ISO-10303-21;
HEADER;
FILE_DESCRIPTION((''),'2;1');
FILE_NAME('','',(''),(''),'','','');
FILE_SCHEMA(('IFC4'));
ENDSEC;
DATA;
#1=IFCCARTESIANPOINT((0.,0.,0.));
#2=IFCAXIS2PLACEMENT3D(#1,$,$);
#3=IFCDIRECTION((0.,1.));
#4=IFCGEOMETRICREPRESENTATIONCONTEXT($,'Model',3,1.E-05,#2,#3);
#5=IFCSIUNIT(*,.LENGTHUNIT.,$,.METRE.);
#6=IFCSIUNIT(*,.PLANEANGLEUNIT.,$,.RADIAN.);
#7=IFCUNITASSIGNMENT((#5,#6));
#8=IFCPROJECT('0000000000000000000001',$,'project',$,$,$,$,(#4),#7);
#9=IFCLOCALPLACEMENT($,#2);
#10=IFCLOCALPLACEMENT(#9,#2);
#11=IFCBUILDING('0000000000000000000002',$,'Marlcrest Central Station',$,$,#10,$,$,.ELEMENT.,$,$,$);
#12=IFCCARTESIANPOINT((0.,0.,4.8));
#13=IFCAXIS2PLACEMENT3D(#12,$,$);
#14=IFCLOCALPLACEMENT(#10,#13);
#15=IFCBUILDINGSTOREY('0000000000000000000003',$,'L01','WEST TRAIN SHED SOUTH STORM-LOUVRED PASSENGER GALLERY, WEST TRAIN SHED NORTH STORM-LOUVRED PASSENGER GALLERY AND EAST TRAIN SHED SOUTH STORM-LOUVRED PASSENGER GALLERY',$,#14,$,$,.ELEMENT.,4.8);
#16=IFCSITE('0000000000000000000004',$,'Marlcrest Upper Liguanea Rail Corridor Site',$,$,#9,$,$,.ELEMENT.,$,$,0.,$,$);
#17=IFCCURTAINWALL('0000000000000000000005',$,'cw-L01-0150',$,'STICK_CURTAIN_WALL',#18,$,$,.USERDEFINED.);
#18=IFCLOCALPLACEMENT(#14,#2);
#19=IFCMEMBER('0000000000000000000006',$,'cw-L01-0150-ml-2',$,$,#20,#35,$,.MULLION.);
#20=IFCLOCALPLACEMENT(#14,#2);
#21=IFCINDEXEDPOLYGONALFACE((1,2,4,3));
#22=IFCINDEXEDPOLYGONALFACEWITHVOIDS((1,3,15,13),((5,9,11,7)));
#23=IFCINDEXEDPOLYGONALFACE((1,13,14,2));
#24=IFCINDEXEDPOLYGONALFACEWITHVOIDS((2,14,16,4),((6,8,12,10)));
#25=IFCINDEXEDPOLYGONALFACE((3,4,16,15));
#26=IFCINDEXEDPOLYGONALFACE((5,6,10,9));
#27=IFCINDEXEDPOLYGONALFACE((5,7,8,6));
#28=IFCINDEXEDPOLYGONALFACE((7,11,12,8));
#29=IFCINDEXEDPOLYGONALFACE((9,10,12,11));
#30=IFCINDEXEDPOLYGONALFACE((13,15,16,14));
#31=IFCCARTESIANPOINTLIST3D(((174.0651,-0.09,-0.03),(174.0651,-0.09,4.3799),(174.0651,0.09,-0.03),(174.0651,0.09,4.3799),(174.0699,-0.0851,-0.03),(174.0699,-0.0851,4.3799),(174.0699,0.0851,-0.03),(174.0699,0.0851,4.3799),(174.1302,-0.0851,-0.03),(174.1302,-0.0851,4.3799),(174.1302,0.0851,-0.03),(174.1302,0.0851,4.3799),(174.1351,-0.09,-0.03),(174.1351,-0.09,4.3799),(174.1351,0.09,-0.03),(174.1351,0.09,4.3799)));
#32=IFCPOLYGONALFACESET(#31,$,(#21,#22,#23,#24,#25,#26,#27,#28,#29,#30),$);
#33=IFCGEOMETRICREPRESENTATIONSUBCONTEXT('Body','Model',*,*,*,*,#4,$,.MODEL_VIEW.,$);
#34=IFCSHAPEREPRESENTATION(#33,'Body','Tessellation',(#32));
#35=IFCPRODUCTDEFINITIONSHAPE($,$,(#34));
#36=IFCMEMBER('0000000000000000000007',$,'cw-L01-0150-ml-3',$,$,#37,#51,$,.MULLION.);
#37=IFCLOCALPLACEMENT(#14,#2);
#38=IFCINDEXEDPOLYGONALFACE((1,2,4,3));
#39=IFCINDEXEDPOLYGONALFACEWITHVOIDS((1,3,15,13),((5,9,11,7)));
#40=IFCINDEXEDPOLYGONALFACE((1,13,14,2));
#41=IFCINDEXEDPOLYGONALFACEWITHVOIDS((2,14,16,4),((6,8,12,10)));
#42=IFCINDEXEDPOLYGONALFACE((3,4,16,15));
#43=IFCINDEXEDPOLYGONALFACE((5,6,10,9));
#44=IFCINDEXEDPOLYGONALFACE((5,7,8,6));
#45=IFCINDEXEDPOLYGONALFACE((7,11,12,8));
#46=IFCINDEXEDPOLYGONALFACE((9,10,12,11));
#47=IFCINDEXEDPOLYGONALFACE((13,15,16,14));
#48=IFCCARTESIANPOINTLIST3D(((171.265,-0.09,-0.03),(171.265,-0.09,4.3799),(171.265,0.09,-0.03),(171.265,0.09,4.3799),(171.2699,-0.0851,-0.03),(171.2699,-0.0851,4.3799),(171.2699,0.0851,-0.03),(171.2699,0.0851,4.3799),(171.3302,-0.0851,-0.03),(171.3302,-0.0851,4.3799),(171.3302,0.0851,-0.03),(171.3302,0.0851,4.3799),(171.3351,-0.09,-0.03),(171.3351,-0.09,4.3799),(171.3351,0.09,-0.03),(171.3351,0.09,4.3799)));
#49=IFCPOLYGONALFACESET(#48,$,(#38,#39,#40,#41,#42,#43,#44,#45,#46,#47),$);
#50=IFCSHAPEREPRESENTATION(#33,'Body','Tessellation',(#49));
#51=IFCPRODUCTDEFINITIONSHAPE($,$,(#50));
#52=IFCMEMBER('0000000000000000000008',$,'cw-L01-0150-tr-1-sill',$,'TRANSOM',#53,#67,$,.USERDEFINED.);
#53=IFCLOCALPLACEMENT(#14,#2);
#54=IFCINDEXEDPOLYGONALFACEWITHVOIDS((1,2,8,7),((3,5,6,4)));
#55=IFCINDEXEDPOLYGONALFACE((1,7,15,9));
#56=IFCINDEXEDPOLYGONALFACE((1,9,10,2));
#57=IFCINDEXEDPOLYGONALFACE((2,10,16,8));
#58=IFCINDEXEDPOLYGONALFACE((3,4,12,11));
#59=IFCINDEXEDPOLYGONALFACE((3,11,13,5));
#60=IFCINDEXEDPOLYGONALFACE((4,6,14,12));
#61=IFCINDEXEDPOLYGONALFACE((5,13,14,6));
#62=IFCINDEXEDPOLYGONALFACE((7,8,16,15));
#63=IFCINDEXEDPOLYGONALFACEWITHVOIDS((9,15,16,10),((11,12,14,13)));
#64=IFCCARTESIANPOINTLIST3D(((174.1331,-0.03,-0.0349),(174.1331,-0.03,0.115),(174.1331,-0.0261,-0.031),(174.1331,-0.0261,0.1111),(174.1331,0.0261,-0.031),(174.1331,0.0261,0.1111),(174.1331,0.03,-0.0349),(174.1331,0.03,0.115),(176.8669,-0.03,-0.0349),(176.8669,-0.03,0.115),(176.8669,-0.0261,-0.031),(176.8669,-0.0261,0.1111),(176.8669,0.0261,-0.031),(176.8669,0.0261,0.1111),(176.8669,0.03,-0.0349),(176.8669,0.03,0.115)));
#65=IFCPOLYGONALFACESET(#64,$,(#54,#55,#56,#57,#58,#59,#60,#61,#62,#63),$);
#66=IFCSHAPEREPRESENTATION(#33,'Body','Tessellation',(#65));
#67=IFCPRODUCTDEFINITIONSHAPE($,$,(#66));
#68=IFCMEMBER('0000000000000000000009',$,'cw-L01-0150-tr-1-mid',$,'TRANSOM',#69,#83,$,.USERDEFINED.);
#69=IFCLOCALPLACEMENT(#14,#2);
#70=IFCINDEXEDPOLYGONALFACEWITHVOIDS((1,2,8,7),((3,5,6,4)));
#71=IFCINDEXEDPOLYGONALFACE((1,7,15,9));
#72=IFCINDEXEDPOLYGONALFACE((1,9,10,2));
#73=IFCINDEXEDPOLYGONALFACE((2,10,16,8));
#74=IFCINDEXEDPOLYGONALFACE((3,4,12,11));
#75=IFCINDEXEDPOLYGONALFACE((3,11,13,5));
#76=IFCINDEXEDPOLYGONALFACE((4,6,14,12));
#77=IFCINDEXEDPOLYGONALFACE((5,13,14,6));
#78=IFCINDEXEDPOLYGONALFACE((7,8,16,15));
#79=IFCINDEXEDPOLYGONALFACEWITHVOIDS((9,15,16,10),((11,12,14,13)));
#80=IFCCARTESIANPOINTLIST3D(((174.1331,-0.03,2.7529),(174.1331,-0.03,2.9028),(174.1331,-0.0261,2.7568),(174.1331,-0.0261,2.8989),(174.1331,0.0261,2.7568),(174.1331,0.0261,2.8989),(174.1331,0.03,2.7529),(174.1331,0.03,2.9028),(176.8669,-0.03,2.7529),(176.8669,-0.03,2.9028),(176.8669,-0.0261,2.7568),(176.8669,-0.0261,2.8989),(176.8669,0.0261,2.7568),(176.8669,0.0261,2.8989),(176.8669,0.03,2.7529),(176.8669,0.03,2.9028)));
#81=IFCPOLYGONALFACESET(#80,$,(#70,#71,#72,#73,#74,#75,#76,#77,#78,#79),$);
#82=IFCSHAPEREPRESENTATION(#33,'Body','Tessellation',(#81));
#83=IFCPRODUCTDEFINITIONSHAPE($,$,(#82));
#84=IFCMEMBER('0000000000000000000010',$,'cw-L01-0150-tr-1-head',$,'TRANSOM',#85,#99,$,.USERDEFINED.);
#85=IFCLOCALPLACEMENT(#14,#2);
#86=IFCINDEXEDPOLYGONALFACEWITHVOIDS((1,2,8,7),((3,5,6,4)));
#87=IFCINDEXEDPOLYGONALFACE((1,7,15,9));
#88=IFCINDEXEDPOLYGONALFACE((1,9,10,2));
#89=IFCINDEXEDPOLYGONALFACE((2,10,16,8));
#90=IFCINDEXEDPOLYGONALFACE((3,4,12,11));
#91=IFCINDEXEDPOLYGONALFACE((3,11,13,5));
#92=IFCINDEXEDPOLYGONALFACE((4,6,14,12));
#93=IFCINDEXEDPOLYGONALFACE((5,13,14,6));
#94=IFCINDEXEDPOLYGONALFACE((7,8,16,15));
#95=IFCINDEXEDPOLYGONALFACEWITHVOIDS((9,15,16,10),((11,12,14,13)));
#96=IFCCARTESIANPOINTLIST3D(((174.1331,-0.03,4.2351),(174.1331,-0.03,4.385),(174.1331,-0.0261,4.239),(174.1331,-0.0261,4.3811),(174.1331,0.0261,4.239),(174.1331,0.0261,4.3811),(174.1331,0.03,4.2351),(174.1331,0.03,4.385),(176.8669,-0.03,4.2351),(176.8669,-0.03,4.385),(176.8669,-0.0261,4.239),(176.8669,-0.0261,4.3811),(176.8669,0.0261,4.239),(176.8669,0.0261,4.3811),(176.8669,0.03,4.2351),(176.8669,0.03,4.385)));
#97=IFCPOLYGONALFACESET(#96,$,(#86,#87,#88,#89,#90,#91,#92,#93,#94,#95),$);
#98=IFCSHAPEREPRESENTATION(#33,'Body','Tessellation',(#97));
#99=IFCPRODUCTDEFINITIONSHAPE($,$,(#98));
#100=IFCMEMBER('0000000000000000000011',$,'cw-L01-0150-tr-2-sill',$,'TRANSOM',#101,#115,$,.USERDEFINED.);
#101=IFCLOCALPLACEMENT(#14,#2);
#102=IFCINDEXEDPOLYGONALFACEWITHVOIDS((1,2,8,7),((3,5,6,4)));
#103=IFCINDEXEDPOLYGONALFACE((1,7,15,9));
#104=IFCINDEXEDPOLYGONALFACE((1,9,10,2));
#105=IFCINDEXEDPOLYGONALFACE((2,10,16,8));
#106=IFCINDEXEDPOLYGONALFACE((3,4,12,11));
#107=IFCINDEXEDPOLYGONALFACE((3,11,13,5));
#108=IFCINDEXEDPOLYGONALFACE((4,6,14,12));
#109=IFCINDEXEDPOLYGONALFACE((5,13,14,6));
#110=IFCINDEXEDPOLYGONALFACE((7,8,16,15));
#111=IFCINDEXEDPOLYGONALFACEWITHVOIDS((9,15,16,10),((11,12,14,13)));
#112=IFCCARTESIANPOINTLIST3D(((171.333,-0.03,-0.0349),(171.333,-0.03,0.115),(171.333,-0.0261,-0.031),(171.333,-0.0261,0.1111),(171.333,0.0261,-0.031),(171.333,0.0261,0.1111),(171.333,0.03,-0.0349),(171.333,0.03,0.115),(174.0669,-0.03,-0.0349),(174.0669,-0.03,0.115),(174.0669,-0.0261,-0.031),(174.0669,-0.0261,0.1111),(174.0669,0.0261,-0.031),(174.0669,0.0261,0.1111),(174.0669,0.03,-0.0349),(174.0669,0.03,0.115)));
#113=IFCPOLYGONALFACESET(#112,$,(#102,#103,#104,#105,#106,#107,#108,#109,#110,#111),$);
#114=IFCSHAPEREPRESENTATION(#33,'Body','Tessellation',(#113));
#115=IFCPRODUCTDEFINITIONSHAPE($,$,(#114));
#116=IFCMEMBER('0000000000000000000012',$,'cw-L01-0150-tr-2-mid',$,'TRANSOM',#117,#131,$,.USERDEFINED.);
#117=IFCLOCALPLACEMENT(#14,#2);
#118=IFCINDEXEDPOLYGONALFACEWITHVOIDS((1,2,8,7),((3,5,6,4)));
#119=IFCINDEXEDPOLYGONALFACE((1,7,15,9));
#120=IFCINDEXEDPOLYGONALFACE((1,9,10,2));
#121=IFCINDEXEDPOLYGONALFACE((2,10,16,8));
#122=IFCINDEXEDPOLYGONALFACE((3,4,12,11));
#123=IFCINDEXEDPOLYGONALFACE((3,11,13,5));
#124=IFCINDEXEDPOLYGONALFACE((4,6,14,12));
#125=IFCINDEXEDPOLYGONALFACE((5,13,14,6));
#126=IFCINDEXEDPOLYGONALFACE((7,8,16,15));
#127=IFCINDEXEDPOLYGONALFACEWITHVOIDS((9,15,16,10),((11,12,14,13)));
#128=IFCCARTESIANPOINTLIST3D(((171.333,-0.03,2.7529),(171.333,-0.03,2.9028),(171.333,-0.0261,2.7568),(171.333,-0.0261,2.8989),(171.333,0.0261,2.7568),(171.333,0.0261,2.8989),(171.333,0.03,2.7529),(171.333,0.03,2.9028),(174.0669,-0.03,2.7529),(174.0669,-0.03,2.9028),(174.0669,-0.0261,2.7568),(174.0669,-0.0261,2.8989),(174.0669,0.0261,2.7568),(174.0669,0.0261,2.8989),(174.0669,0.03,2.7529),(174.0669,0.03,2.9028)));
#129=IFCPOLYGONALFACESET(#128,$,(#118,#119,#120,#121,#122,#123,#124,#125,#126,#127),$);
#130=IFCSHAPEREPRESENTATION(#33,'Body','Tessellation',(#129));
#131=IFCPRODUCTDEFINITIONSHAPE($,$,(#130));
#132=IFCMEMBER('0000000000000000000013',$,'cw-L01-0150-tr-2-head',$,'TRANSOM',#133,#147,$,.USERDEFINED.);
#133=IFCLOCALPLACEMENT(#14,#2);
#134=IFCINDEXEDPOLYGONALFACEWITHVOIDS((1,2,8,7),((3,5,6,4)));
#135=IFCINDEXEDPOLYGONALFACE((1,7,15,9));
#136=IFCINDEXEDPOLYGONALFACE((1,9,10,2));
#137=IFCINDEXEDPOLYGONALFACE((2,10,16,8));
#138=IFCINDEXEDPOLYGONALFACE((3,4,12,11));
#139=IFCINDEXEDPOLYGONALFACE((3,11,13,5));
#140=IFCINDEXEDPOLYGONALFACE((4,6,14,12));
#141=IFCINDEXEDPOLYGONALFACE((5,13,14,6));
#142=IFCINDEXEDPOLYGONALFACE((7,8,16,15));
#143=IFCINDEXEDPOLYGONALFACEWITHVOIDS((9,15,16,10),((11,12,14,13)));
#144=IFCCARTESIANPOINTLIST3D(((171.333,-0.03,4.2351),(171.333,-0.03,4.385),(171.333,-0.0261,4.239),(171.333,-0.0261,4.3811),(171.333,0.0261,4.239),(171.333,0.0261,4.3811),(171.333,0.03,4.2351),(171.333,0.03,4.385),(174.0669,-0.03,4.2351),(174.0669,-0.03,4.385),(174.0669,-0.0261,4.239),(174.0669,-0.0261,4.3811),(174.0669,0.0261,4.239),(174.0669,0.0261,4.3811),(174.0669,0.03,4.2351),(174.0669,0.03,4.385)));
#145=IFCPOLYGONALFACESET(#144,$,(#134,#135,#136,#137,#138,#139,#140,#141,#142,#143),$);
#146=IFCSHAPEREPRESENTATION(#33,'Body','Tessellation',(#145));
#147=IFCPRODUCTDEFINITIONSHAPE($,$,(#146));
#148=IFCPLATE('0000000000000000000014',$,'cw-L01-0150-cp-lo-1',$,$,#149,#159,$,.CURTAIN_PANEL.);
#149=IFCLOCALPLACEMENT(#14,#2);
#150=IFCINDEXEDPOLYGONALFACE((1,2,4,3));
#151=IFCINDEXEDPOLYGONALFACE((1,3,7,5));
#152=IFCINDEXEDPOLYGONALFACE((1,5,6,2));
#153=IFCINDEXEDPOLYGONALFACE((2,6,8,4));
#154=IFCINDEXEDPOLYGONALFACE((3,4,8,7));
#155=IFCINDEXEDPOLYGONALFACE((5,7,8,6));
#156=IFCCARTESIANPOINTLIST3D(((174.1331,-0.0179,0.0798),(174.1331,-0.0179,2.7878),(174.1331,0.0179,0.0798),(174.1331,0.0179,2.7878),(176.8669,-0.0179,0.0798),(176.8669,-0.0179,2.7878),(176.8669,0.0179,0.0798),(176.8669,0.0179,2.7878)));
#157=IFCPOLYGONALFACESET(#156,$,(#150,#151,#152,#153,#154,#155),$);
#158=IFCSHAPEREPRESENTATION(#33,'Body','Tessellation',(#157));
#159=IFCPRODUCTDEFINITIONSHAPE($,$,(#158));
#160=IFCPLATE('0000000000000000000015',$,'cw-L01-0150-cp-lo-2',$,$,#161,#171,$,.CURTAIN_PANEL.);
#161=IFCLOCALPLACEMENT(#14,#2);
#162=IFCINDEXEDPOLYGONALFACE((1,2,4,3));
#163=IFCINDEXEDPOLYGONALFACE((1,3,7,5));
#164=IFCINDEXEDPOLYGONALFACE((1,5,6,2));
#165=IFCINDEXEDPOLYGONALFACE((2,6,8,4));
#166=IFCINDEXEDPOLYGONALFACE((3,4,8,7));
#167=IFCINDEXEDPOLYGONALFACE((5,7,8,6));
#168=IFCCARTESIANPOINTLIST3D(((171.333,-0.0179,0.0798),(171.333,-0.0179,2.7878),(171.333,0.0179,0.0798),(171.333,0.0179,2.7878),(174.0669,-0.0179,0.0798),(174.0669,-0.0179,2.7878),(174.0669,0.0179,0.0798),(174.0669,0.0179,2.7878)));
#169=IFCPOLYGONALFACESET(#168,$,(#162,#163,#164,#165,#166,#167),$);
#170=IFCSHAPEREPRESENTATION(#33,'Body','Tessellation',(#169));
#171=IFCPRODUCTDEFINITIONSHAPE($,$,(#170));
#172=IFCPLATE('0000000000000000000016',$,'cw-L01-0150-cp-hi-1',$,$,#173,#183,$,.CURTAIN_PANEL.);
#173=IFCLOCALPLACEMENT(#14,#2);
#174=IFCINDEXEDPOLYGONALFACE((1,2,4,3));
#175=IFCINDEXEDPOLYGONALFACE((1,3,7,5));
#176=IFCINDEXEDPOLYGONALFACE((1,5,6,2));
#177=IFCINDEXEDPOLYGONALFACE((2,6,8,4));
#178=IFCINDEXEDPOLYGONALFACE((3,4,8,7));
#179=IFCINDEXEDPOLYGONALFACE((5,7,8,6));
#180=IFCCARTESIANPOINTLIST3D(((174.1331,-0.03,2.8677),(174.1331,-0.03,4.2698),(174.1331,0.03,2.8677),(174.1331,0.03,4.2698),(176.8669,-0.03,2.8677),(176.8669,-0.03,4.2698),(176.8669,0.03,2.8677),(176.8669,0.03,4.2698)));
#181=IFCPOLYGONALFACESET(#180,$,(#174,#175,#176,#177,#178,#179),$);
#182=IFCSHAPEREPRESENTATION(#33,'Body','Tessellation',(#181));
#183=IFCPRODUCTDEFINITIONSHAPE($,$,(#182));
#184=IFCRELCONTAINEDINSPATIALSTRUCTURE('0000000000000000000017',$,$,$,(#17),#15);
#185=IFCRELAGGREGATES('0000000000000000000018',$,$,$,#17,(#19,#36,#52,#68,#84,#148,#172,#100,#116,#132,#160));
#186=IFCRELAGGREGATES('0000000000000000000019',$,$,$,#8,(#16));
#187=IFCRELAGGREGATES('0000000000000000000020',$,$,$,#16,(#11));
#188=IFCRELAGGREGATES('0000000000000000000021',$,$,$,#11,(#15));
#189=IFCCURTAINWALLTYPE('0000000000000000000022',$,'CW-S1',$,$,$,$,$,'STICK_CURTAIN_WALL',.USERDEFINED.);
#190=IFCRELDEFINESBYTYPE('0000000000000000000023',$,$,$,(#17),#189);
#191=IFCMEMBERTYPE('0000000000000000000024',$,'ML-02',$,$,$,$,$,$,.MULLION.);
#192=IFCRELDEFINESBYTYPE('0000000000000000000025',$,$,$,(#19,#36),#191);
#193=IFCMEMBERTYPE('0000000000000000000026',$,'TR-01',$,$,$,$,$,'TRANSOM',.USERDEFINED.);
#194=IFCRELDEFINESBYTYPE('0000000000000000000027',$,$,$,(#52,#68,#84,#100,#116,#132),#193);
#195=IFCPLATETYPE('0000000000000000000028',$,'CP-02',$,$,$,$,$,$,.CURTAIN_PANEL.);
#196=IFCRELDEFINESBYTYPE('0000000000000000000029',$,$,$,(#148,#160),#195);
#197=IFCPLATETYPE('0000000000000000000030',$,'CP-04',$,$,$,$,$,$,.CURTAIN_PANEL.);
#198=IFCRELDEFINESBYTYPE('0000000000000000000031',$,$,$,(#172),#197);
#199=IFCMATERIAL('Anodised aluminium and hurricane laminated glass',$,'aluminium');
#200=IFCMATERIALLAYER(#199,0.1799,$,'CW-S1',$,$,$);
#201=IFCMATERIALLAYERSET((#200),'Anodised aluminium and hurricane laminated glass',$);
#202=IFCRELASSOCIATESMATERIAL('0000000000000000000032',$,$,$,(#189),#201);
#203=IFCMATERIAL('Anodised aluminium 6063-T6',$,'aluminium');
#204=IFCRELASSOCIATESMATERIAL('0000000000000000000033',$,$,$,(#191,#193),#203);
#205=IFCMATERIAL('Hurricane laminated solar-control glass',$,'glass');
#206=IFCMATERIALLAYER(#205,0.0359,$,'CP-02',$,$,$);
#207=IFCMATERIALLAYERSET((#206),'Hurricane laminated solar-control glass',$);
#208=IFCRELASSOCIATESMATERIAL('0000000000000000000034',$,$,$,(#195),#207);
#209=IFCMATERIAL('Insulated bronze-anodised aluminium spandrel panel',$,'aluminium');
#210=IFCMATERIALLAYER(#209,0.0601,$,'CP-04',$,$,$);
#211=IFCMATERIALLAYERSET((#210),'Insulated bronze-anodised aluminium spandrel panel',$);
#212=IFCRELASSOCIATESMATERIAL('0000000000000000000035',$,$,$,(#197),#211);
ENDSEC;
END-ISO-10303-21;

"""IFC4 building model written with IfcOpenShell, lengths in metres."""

from ifc_helpers import new_model, si_unit, direction, frame, origin, origin_2d, place, context, subcontext, project, spatial, rectangle, hollow_rectangle, extrude, material, layer, layer_set, material_profile, profile_set, type_object, element, aggregate, save


model = new_model("IFC4")

# Units and contexts
model_context = context("Model", 3, precision=1e-05, world=origin(), true_north=direction((0.0, 1.0)))
body_context = subcontext(model_context, "Body", "Model", "MODEL_VIEW")
ifc_project = project(units=[si_unit("LENGTHUNIT", "METRE"), si_unit("PLANEANGLEUNIT", "RADIAN")], contexts=[model_context])

# Site, building, storey
site_placement = place(None, origin())
site = spatial("IfcSite", under=ifc_project, at=site_placement, Name="Marlcrest Upper Liguanea Rail Corridor Site", CompositionType="ELEMENT", RefElevation=0.0)
building_placement = place(site_placement, origin())
building = spatial("IfcBuilding", under=site, at=building_placement, Name="Marlcrest Central Station", CompositionType="ELEMENT")
storey_placement = place(building_placement, frame((0.0, 0.0, 4.8)))
storey = spatial("IfcBuildingStorey", under=building, at=storey_placement, Name="L01", Description="WEST TRAIN SHED SOUTH STORM-LOUVRED PASSENGER GALLERY, WEST TRAIN SHED NORTH STORM-LOUVRED PASSENGER GALLERY AND EAST TRAIN SHED SOUTH STORM-LOUVRED PASSENGER GALLERY", CompositionType="ELEMENT", Elevation=4.8)

# Curtain wall, members, plates
ifc_material_1 = material(Name="Anodised aluminium and hurricane laminated glass", Category="aluminium")
ifc_layer_1 = layer(ifc_material_1, 0.1799, Name="CW-S1")
ifc_layer_set_1 = layer_set([ifc_layer_1], Name="Anodised aluminium and hurricane laminated glass")
curtain_wall_type = type_object("IfcCurtainWallType", Name="CW-S1", ElementType="STICK_CURTAIN_WALL", PredefinedType="USERDEFINED", material=ifc_layer_set_1)
curtain_wall_placement = place(storey_placement, origin())
curtain_wall = element("IfcCurtainWall", 1, at=curtain_wall_placement, inside=storey, type_object=curtain_wall_type, Name="cw-L01-0150", ObjectType="STICK_CURTAIN_WALL", PredefinedType="USERDEFINED")
ifc_material_2 = material(Name="Anodised aluminium 6063-T6", Category="aluminium")
ifc_material_profile_1 = material_profile(ifc_material_2, hollow_rectangle(XDim=0.0701, YDim=0.1799, WallThickness=0.0049, at=origin_2d()), Name="AA-RHS 180x70x5")
ifc_profile_set_1 = profile_set([ifc_material_profile_1], Name="Anodised aluminium 6063-T6")
member_type_1 = type_object("IfcMemberType", Name="ML-02", PredefinedType="MULLION", material=ifc_profile_set_1)
member_1_placement = place(storey_placement, frame((174.1001, 0.0, -0.03), z_axis=(0.0, 0.0, 1.0), x_axis=(1.0, 0.0, 0.0)))
member_1 = element("IfcMember", 2, at=member_1_placement, type_object=member_type_1, Name="cw-L01-0150-ml-2", PredefinedType="MULLION", context=body_context, shape_type="SweptSolid", body=[
    extrude(hollow_rectangle(XDim=0.0701, YDim=0.1799, WallThickness=0.0049, at=origin_2d()), origin(), (0.0, 0.0, 1.0), 4.4099),
])
member_2_placement = place(storey_placement, frame((171.3, 0.0, -0.03), z_axis=(0.0, 0.0, 1.0), x_axis=(1.0, 0.0, 0.0)))
member_2 = element("IfcMember", 3, at=member_2_placement, type_object=member_type_1, Name="cw-L01-0150-ml-3", PredefinedType="MULLION", context=body_context, shape_type="SweptSolid", body=[
    extrude(hollow_rectangle(XDim=0.0701, YDim=0.1799, WallThickness=0.0049, at=origin_2d()), origin(), (0.0, 0.0, 1.0), 4.4099),
])
ifc_material_profile_2 = material_profile(ifc_material_2, hollow_rectangle(XDim=0.0601, YDim=0.1499, WallThickness=0.0039, at=origin_2d()), Name="AA-RHS 150x60x4")
ifc_profile_set_2 = profile_set([ifc_material_profile_2], Name="Anodised aluminium 6063-T6")
member_type_2 = type_object("IfcMemberType", Name="TR-01", ElementType="TRANSOM", PredefinedType="USERDEFINED", material=ifc_profile_set_2)
member_3_placement = place(storey_placement, frame((176.8669, 0.0, 0.04), z_axis=(-1.0, 0.0, 0.0), x_axis=(0.0, -1.0, 0.0)))
member_3 = element("IfcMember", 4, at=member_3_placement, type_object=member_type_2, Name="cw-L01-0150-tr-1-sill", ObjectType="TRANSOM", PredefinedType="USERDEFINED", context=body_context, shape_type="SweptSolid", body=[
    extrude(hollow_rectangle(XDim=0.0601, YDim=0.1499, WallThickness=0.0039, at=origin_2d()), origin(), (0.0, 0.0, 1.0), 2.7339),
])
member_4_placement = place(storey_placement, frame((176.8669, 0.0, 2.8279), z_axis=(-1.0, 0.0, 0.0), x_axis=(0.0, -1.0, 0.0)))
member_4 = element("IfcMember", 5, at=member_4_placement, type_object=member_type_2, Name="cw-L01-0150-tr-1-mid", ObjectType="TRANSOM", PredefinedType="USERDEFINED", context=body_context, shape_type="SweptSolid", body=[
    extrude(hollow_rectangle(XDim=0.0601, YDim=0.1499, WallThickness=0.0039, at=origin_2d()), origin(), (0.0, 0.0, 1.0), 2.7339),
])
member_5_placement = place(storey_placement, frame((176.8669, 0.0, 4.3101), z_axis=(-1.0, 0.0, 0.0), x_axis=(0.0, -1.0, 0.0)))
member_5 = element("IfcMember", 6, at=member_5_placement, type_object=member_type_2, Name="cw-L01-0150-tr-1-head", ObjectType="TRANSOM", PredefinedType="USERDEFINED", context=body_context, shape_type="SweptSolid", body=[
    extrude(hollow_rectangle(XDim=0.0601, YDim=0.1499, WallThickness=0.0039, at=origin_2d()), origin(), (0.0, 0.0, 1.0), 2.7339),
])
member_6_placement = place(storey_placement, frame((174.0669, 0.0, 0.04), z_axis=(-1.0, 0.0, 0.0), x_axis=(0.0, -1.0, 0.0)))
member_6 = element("IfcMember", 7, at=member_6_placement, type_object=member_type_2, Name="cw-L01-0150-tr-2-sill", ObjectType="TRANSOM", PredefinedType="USERDEFINED", context=body_context, shape_type="SweptSolid", body=[
    extrude(hollow_rectangle(XDim=0.0601, YDim=0.1499, WallThickness=0.0039, at=origin_2d()), origin(), (0.0, 0.0, 1.0), 2.7339),
])
member_7_placement = place(storey_placement, frame((174.0669, 0.0, 2.8279), z_axis=(-1.0, 0.0, 0.0), x_axis=(0.0, -1.0, 0.0)))
member_7 = element("IfcMember", 8, at=member_7_placement, type_object=member_type_2, Name="cw-L01-0150-tr-2-mid", ObjectType="TRANSOM", PredefinedType="USERDEFINED", context=body_context, shape_type="SweptSolid", body=[
    extrude(hollow_rectangle(XDim=0.0601, YDim=0.1499, WallThickness=0.0039, at=origin_2d()), origin(), (0.0, 0.0, 1.0), 2.7339),
])
member_8_placement = place(storey_placement, frame((174.0669, 0.0, 4.3101), z_axis=(-1.0, 0.0, 0.0), x_axis=(0.0, -1.0, 0.0)))
member_8 = element("IfcMember", 9, at=member_8_placement, type_object=member_type_2, Name="cw-L01-0150-tr-2-head", ObjectType="TRANSOM", PredefinedType="USERDEFINED", context=body_context, shape_type="SweptSolid", body=[
    extrude(hollow_rectangle(XDim=0.0601, YDim=0.1499, WallThickness=0.0039, at=origin_2d()), origin(), (0.0, 0.0, 1.0), 2.7339),
])
ifc_material_3 = material(Name="Hurricane laminated solar-control glass", Category="glass")
ifc_layer_2 = layer(ifc_material_3, 0.0359, Name="CP-02")
ifc_layer_set_2 = layer_set([ifc_layer_2], Name="Hurricane laminated solar-control glass")
plate_type_1 = type_object("IfcPlateType", Name="CP-02", PredefinedType="CURTAIN_PANEL", material=ifc_layer_set_2)
plate_1_placement = place(storey_placement, frame((175.5, 0.0, 0.0798), z_axis=(0.0, 0.0, 1.0), x_axis=(-1.0, 0.0, 0.0)))
plate_1 = element("IfcPlate", 10, at=plate_1_placement, type_object=plate_type_1, Name="cw-L01-0150-cp-lo-1", PredefinedType="CURTAIN_PANEL", context=body_context, shape_type="SweptSolid", body=[
    extrude(rectangle(XDim=2.7339, YDim=0.0359, at=origin_2d()), origin(), (0.0, 0.0, 1.0), 2.708),
])
plate_2_placement = place(storey_placement, frame((172.7, 0.0, 0.0798), z_axis=(0.0, 0.0, 1.0), x_axis=(-1.0, 0.0, 0.0)))
plate_2 = element("IfcPlate", 11, at=plate_2_placement, type_object=plate_type_1, Name="cw-L01-0150-cp-lo-2", PredefinedType="CURTAIN_PANEL", context=body_context, shape_type="SweptSolid", body=[
    extrude(rectangle(XDim=2.7339, YDim=0.0359, at=origin_2d()), origin(), (0.0, 0.0, 1.0), 2.708),
])
ifc_material_4 = material(Name="Insulated bronze-anodised aluminium spandrel panel", Category="aluminium")
ifc_layer_3 = layer(ifc_material_4, 0.0601, Name="CP-04")
ifc_layer_set_3 = layer_set([ifc_layer_3], Name="Insulated bronze-anodised aluminium spandrel panel")
plate_type_2 = type_object("IfcPlateType", Name="CP-04", PredefinedType="CURTAIN_PANEL", material=ifc_layer_set_3)
plate_3_placement = place(storey_placement, frame((175.5, 0.0, 2.8677), z_axis=(0.0, 0.0, 1.0), x_axis=(-1.0, 0.0, 0.0)))
plate_3 = element("IfcPlate", 12, at=plate_3_placement, type_object=plate_type_2, Name="cw-L01-0150-cp-hi-1", PredefinedType="CURTAIN_PANEL", context=body_context, shape_type="SweptSolid", body=[
    extrude(rectangle(XDim=2.7339, YDim=0.0601, at=origin_2d()), origin(), (0.0, 0.0, 1.0), 1.4021),
])
aggregate(curtain_wall, [member_1, member_2, member_3, member_4, member_5, plate_1, plate_3, member_6, member_7, member_8, plate_2])

save(model, "model.ifc")
